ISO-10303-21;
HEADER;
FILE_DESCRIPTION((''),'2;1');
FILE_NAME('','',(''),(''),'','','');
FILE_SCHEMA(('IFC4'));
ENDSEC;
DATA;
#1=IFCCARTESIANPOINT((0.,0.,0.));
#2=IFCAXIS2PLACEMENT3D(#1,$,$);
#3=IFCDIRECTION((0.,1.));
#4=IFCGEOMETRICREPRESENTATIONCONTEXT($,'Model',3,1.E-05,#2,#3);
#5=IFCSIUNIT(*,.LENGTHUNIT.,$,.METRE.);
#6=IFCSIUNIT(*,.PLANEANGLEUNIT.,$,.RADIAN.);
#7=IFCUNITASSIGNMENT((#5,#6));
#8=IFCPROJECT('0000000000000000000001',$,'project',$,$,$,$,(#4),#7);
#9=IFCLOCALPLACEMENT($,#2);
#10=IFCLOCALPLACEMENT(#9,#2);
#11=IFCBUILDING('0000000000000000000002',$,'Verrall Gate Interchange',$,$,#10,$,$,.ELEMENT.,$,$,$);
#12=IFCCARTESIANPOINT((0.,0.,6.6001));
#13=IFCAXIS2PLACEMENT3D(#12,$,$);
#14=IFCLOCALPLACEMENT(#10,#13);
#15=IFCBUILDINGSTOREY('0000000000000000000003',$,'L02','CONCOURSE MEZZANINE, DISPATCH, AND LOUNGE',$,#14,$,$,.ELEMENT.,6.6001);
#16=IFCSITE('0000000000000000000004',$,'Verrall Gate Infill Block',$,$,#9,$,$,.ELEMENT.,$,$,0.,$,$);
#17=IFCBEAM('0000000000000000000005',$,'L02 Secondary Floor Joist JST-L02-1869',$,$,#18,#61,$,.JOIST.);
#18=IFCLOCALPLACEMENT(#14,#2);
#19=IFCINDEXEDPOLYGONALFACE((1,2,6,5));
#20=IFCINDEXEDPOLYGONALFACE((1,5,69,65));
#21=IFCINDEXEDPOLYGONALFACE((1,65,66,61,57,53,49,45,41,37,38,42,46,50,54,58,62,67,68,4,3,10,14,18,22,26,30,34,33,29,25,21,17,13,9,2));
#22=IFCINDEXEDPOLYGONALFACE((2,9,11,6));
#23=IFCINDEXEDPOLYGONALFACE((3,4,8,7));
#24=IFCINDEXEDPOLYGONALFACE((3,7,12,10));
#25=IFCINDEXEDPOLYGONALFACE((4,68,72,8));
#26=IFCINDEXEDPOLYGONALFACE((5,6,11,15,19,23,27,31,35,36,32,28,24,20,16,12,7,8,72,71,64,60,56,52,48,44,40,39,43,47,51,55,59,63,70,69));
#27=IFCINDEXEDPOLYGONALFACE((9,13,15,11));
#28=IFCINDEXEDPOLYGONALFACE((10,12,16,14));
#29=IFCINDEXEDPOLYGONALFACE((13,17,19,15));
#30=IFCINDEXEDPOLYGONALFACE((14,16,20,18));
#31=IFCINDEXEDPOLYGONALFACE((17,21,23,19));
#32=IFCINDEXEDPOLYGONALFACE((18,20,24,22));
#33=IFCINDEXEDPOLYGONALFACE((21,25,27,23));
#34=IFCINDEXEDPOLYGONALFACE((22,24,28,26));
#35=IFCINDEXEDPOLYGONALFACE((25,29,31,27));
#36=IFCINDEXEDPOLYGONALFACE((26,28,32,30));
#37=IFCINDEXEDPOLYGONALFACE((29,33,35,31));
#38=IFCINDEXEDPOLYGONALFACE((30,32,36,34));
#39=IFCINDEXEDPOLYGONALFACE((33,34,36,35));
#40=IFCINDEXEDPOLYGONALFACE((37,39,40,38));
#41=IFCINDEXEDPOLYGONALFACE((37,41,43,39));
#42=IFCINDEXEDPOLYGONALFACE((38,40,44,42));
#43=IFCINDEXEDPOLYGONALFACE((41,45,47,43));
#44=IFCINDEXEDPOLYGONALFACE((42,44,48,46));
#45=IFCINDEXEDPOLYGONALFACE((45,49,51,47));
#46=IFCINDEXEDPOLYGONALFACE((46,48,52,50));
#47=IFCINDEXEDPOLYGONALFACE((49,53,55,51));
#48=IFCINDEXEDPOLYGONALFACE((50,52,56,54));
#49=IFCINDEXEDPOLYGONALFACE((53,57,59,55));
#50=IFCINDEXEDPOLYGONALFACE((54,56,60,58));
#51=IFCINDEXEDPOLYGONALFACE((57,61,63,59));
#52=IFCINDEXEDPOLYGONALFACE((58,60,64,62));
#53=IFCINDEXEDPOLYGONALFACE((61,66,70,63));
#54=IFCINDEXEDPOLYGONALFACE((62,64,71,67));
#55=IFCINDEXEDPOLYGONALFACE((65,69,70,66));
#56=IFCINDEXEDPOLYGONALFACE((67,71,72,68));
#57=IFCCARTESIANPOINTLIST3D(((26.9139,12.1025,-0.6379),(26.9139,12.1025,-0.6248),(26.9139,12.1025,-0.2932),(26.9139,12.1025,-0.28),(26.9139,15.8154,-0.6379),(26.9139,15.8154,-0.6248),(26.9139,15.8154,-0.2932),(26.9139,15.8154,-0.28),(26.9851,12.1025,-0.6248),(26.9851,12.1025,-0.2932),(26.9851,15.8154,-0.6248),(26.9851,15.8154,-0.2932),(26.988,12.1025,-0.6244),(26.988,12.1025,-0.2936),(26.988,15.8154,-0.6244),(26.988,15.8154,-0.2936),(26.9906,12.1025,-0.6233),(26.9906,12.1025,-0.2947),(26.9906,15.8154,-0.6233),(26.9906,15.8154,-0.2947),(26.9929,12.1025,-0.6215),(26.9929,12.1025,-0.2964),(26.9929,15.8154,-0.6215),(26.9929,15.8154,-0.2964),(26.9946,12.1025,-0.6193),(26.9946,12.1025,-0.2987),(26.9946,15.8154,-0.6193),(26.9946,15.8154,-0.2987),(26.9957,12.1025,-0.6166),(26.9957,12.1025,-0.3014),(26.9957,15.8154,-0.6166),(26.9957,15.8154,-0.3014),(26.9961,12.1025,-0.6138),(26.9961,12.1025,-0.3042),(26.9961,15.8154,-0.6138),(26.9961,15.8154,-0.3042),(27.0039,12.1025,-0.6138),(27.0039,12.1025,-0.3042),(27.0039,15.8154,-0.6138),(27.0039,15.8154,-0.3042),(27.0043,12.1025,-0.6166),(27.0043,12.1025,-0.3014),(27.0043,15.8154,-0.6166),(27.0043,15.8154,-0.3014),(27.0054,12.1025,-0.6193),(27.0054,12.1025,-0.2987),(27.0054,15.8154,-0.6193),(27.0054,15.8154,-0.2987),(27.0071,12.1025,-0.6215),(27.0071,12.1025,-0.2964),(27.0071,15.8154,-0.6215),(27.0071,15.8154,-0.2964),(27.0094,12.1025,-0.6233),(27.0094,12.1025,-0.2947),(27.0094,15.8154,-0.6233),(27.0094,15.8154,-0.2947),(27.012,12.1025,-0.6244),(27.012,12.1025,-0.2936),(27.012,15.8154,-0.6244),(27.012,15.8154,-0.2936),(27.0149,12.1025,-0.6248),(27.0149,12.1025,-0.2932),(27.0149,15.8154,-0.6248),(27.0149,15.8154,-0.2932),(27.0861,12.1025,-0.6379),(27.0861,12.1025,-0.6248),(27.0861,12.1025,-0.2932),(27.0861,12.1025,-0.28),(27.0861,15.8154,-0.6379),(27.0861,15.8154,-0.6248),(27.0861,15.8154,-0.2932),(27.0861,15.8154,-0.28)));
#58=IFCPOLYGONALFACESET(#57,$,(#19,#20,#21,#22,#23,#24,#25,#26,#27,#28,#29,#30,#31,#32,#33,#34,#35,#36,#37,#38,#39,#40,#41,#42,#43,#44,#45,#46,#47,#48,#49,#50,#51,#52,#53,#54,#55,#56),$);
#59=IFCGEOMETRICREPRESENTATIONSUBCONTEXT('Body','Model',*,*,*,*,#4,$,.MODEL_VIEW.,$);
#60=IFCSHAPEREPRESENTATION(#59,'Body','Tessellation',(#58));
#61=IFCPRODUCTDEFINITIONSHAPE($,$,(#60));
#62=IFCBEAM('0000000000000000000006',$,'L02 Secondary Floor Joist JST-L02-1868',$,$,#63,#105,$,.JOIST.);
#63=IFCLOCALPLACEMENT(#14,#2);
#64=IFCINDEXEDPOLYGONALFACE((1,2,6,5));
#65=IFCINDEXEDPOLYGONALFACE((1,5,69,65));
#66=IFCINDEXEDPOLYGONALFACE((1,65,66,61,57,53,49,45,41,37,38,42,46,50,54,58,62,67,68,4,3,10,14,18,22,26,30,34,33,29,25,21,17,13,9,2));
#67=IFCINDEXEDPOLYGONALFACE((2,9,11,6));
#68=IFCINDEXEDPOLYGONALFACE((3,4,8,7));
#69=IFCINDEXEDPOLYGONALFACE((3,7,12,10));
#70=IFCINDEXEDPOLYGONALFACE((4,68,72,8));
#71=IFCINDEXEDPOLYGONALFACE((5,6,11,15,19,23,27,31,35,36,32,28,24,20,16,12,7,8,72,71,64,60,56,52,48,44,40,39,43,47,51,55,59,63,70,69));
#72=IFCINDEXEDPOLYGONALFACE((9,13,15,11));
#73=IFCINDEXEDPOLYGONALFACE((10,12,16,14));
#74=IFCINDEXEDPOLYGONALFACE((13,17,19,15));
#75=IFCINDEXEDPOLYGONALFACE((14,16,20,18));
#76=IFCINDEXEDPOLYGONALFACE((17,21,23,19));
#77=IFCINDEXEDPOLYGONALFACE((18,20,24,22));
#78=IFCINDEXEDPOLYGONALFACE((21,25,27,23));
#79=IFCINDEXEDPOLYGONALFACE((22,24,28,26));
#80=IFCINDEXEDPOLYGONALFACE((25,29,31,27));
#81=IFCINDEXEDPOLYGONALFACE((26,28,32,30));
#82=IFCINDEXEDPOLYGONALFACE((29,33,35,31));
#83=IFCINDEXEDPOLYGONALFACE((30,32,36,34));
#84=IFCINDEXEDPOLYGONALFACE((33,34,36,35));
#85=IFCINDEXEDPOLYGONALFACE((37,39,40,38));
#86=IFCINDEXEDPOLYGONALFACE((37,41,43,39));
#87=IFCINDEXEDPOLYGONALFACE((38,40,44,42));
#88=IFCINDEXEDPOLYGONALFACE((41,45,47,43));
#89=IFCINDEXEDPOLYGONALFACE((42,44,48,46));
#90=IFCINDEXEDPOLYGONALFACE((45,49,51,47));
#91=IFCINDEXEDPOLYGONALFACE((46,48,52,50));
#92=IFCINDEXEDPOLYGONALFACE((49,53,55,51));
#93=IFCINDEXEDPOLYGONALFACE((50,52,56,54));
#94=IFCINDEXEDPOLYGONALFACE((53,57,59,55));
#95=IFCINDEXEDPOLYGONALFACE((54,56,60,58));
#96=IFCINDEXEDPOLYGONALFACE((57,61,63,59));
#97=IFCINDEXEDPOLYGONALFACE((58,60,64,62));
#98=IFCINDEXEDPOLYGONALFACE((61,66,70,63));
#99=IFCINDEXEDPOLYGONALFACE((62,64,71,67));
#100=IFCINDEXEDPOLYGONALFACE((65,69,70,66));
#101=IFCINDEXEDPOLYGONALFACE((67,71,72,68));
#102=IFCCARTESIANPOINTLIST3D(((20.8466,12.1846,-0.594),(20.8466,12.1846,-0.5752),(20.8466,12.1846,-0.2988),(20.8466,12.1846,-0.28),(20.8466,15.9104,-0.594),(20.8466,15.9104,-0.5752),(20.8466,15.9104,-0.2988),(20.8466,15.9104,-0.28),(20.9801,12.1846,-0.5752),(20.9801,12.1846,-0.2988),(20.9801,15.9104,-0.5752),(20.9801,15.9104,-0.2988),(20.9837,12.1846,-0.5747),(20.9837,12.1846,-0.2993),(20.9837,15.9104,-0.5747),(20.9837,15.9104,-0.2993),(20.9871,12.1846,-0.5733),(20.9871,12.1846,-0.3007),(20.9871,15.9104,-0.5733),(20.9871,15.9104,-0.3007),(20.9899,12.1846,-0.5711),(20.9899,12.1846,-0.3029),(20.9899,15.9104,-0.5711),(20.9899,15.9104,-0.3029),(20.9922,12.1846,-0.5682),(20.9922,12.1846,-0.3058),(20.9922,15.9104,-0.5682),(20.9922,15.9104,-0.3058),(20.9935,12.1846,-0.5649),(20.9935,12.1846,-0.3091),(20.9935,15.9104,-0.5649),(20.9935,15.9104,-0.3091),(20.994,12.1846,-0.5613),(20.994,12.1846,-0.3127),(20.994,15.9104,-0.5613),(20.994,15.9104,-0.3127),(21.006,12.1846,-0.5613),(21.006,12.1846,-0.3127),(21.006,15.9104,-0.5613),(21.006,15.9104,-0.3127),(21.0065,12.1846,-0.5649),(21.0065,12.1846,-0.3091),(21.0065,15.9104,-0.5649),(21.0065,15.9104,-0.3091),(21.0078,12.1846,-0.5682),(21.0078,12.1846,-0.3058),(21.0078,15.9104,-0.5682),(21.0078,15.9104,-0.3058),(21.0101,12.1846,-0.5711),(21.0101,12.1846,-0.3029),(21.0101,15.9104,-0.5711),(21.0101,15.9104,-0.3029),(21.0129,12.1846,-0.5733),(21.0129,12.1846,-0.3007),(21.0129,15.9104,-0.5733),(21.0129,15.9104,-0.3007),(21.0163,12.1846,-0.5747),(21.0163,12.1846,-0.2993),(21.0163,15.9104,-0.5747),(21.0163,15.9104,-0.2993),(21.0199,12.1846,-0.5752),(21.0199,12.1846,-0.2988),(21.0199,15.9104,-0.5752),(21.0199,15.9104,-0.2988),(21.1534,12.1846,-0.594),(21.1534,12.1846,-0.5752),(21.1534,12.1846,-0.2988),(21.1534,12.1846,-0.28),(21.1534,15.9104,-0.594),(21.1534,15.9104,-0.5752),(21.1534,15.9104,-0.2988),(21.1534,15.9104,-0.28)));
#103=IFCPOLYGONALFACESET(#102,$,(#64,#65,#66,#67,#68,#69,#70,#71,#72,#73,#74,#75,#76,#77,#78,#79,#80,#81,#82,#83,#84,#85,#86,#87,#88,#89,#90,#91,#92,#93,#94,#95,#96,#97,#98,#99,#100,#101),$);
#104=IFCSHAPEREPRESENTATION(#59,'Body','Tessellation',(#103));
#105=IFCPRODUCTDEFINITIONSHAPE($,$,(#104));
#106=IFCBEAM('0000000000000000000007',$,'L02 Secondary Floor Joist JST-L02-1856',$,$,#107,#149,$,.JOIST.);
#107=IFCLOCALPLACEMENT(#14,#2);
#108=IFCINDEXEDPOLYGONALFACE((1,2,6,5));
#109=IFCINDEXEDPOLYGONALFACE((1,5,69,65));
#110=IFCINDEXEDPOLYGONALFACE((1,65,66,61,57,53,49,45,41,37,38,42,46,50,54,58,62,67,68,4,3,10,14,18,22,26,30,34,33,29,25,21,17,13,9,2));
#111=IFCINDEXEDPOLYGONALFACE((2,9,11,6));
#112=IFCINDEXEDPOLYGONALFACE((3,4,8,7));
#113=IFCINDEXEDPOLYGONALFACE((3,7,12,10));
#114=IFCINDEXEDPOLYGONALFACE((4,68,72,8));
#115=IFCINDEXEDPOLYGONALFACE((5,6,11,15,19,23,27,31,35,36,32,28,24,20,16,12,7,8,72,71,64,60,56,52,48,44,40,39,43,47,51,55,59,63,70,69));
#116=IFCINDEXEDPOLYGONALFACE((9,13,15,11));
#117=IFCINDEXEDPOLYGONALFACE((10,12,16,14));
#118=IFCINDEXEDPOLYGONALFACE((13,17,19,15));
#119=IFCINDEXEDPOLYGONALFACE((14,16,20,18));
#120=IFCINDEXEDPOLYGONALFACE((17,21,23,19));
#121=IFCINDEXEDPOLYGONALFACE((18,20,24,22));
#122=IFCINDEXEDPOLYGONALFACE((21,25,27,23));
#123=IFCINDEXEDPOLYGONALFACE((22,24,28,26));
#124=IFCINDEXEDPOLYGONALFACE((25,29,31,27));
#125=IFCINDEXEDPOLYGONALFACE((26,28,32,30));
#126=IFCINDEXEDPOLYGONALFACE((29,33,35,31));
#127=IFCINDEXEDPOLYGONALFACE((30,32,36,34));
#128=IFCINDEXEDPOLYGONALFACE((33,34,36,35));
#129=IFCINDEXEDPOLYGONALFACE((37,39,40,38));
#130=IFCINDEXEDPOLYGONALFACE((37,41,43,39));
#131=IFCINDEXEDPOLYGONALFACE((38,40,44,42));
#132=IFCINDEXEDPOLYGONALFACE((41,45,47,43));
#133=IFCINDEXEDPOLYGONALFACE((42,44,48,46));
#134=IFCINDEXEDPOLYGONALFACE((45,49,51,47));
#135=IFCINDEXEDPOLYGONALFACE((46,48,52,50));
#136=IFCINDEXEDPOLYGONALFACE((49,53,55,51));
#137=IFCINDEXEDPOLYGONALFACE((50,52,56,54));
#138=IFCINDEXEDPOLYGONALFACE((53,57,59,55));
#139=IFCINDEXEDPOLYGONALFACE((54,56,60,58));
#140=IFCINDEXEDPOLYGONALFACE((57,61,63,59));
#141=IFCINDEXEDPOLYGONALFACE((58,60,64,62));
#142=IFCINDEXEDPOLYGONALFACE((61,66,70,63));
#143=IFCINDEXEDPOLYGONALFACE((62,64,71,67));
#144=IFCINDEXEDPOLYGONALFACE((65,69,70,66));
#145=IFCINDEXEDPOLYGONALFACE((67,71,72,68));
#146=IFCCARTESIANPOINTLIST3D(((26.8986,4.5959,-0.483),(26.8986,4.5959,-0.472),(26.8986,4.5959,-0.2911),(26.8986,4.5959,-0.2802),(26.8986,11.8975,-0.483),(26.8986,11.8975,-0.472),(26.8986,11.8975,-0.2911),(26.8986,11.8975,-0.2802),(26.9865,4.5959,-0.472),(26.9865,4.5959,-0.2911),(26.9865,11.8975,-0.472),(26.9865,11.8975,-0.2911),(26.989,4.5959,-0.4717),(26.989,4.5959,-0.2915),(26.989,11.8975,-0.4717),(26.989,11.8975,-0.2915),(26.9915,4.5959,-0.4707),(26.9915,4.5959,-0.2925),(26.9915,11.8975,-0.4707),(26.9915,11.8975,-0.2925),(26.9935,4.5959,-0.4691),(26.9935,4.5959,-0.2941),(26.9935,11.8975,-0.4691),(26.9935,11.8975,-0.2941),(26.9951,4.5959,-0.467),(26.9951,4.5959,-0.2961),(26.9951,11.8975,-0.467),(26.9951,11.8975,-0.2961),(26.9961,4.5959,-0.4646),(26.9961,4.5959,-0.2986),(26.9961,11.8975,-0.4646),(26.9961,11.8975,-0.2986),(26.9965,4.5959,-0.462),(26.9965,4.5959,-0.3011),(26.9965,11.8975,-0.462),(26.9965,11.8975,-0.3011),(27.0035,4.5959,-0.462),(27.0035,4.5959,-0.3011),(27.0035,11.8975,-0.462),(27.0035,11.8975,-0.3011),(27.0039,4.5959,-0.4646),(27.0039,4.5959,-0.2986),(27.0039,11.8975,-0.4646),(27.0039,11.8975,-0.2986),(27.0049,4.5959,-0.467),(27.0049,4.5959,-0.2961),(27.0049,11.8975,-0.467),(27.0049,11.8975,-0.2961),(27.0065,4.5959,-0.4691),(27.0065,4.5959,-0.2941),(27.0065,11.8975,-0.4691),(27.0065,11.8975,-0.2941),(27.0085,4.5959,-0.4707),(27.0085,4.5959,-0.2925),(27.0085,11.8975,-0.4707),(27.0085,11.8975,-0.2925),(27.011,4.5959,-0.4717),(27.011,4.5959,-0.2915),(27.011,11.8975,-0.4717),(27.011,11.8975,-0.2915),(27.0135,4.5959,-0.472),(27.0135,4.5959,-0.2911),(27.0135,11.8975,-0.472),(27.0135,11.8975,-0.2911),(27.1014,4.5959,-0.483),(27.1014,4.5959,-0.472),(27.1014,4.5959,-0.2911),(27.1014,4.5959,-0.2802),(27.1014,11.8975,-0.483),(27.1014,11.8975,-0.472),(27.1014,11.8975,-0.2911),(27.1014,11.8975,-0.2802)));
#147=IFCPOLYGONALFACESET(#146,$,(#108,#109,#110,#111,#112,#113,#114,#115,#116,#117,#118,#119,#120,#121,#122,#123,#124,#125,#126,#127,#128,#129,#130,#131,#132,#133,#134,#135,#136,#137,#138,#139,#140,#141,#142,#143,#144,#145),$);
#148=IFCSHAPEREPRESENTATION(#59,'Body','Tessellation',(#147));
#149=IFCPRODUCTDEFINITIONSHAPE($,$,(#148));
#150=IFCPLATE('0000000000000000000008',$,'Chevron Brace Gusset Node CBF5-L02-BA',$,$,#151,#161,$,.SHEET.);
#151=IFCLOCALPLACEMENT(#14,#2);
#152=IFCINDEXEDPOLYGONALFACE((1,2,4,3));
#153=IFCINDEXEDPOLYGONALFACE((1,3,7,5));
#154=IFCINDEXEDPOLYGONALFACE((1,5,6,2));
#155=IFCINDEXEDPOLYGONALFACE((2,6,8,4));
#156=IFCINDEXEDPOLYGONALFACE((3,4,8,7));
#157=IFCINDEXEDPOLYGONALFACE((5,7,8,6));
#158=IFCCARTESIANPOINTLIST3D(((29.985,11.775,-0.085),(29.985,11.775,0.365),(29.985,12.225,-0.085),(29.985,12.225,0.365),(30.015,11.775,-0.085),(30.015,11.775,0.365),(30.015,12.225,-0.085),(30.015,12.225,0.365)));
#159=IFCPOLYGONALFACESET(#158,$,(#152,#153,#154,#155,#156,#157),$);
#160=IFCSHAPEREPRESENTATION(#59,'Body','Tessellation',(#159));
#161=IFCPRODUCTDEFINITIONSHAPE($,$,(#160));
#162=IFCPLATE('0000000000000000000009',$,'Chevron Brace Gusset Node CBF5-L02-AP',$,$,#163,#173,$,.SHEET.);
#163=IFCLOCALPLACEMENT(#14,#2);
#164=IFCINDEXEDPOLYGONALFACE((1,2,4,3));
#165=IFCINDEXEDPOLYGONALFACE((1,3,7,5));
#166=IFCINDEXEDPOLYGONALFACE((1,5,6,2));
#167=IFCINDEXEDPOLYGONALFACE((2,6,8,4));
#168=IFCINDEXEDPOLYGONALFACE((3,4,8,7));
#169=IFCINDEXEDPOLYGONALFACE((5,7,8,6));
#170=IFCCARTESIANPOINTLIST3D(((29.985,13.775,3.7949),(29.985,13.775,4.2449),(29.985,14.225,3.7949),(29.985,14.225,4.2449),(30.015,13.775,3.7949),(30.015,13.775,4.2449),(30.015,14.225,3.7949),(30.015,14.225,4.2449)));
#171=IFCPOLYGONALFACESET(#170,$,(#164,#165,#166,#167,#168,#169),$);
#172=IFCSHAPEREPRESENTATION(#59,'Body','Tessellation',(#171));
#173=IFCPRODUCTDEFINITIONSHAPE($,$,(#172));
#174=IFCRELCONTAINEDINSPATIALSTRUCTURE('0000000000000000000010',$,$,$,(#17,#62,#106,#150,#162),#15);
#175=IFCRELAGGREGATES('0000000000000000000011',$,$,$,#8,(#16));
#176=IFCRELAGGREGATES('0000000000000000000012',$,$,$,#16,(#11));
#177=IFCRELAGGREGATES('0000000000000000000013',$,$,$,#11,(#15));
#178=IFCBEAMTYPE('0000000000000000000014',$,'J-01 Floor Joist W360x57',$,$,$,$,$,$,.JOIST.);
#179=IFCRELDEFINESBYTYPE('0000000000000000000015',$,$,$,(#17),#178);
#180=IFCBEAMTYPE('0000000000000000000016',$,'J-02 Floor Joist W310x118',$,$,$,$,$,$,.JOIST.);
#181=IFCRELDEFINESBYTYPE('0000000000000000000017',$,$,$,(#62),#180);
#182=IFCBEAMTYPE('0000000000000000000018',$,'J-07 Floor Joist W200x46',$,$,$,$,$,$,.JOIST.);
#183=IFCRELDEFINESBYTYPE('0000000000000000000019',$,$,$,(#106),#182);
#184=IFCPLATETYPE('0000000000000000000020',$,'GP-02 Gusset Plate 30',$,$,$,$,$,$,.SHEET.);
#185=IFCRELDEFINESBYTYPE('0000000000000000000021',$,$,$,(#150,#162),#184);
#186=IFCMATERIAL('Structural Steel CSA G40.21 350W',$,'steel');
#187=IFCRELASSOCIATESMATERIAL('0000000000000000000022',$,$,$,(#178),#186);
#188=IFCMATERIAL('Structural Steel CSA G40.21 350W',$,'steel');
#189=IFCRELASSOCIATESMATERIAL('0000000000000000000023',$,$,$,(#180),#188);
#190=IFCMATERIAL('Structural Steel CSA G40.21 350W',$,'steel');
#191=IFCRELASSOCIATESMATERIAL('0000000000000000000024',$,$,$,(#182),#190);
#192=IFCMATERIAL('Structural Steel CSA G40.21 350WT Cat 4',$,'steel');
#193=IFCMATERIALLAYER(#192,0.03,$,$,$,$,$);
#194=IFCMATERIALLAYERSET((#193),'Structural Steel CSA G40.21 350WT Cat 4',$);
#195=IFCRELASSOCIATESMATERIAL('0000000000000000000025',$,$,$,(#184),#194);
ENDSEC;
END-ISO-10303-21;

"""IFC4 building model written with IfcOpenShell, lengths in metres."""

from ifc_helpers import new_model, si_unit, direction, frame, origin, origin_2d, place, context, subcontext, project, spatial, rectangle, i_section, extrude, material, layer, layer_set, material_profile, profile_set, type_object, element, save


model = new_model("IFC4")

# Units and contexts
model_context = context("Model", 3, precision=1e-05, world=origin(), true_north=direction((0.0, 1.0)))
body_context = subcontext(model_context, "Body", "Model", "MODEL_VIEW")
ifc_project = project(units=[si_unit("LENGTHUNIT", "METRE"), si_unit("PLANEANGLEUNIT", "RADIAN")], contexts=[model_context])

# Site, building, storey
site_placement = place(None, origin())
site = spatial("IfcSite", under=ifc_project, at=site_placement, Name="Verrall Gate Infill Block", CompositionType="ELEMENT", RefElevation=0.0)
building_placement = place(site_placement, origin())
building = spatial("IfcBuilding", under=site, at=building_placement, Name="Verrall Gate Interchange", CompositionType="ELEMENT")
storey_placement = place(building_placement, frame((0.0, 0.0, 6.6001)))
storey = spatial("IfcBuildingStorey", under=building, at=storey_placement, Name="L02", Description="CONCOURSE MEZZANINE, DISPATCH, AND LOUNGE", CompositionType="ELEMENT", Elevation=6.6001)

# Beams
ifc_material_1 = material(Name="Structural Steel CSA G40.21 350W", Category="steel")
ifc_material_profile_1 = material_profile(ifc_material_1, i_section(OverallWidth=0.1721, OverallDepth=0.3579, WebThickness=0.0078, FlangeThickness=0.0132, FilletRadius=0.011, at=origin_2d()), Name="W360x57")
ifc_profile_set_1 = profile_set([ifc_material_profile_1], Name="Structural Steel CSA G40.21 350W")
beam_type_1 = type_object("IfcBeamType", Name="J-01 Floor Joist W360x57", PredefinedType="JOIST", material=ifc_profile_set_1)
beam_1_placement = place(storey_placement, frame((27.0, 12.1025, -0.459), z_axis=(0.0, 1.0, 0.0), x_axis=(-1.0, 0.0, 0.0)))
element("IfcBeam", 1, at=beam_1_placement, inside=storey, type_object=beam_type_1, Name="L02 Secondary Floor Joist JST-L02-1869", PredefinedType="JOIST", context=body_context, shape_type="SweptSolid", body=[
    extrude(i_section(OverallWidth=0.1721, OverallDepth=0.3579, WebThickness=0.0078, FlangeThickness=0.0132, FilletRadius=0.011, at=origin_2d()), origin(), (0.0, 0.0, 1.0), 3.7129),
])
ifc_material_2 = material(Name="Structural Steel CSA G40.21 350W", Category="steel")
ifc_material_profile_2 = material_profile(ifc_material_2, i_section(OverallWidth=0.3069, OverallDepth=0.314, WebThickness=0.012, FlangeThickness=0.0188, FilletRadius=0.0139, at=origin_2d()), Name="W310x118")
ifc_profile_set_2 = profile_set([ifc_material_profile_2], Name="Structural Steel CSA G40.21 350W")
beam_type_2 = type_object("IfcBeamType", Name="J-02 Floor Joist W310x118", PredefinedType="JOIST", material=ifc_profile_set_2)
beam_2_placement = place(storey_placement, frame((21.0, 12.1846, -0.437), z_axis=(0.0, 1.0, 0.0), x_axis=(-1.0, 0.0, 0.0)))
element("IfcBeam", 2, at=beam_2_placement, inside=storey, type_object=beam_type_2, Name="L02 Secondary Floor Joist JST-L02-1868", PredefinedType="JOIST", context=body_context, shape_type="SweptSolid", body=[
    extrude(i_section(OverallWidth=0.3069, OverallDepth=0.314, WebThickness=0.012, FlangeThickness=0.0188, FilletRadius=0.0139, at=origin_2d()), origin(), (0.0, 0.0, 1.0), 3.7258),
])
ifc_material_3 = material(Name="Structural Steel CSA G40.21 350W", Category="steel")
ifc_material_profile_3 = material_profile(ifc_material_3, i_section(OverallWidth=0.2029, OverallDepth=0.2029, WebThickness=0.0071, FlangeThickness=0.011, FilletRadius=0.01, at=origin_2d()), Name="W200x46")
ifc_profile_set_3 = profile_set([ifc_material_profile_3], Name="Structural Steel CSA G40.21 350W")
beam_type_3 = type_object("IfcBeamType", Name="J-07 Floor Joist W200x46", PredefinedType="JOIST", material=ifc_profile_set_3)
beam_3_placement = place(storey_placement, frame((27.0, 4.5959, -0.3816), z_axis=(0.0, 1.0, 0.0), x_axis=(-1.0, 0.0, 0.0)))
element("IfcBeam", 3, at=beam_3_placement, inside=storey, type_object=beam_type_3, Name="L02 Secondary Floor Joist JST-L02-1856", PredefinedType="JOIST", context=body_context, shape_type="SweptSolid", body=[
    extrude(i_section(OverallWidth=0.2029, OverallDepth=0.2029, WebThickness=0.0071, FlangeThickness=0.011, FilletRadius=0.01, at=origin_2d()), origin(), (0.0, 0.0, 1.0), 7.3015),
])

# Plates
ifc_material_4 = material(Name="Structural Steel CSA G40.21 350WT Cat 4", Category="steel")
ifc_layer = layer(ifc_material_4, 0.03)
ifc_layer_set = layer_set([ifc_layer], Name="Structural Steel CSA G40.21 350WT Cat 4")
plate_type = type_object("IfcPlateType", Name="GP-02 Gusset Plate 30", PredefinedType="SHEET", material=ifc_layer_set)
for number, where, z_axis, x_axis, name in (
    (4, (30.0, 12.0, -0.085), (0.0, 0.0, 1.0), (1.0, 0.0, 0.0), "Chevron Brace Gusset Node CBF5-L02-BA"),
    (5, (30.0, 14.0, 3.7949), (0.0, 0.0, 1.0), (1.0, 0.0, 0.0), "Chevron Brace Gusset Node CBF5-L02-AP"),
):
    element("IfcPlate", number, at=place(storey_placement, frame(where, z_axis=z_axis, x_axis=x_axis)), inside=storey, type_object=plate_type, Name=name, PredefinedType="SHEET", context=body_context, shape_type="SweptSolid", body=[
        extrude(rectangle(XDim=0.03, YDim=0.45, at=origin_2d()), origin(), (0.0, 0.0, 1.0), 0.45),
    ])

save(model, "model.ifc")
